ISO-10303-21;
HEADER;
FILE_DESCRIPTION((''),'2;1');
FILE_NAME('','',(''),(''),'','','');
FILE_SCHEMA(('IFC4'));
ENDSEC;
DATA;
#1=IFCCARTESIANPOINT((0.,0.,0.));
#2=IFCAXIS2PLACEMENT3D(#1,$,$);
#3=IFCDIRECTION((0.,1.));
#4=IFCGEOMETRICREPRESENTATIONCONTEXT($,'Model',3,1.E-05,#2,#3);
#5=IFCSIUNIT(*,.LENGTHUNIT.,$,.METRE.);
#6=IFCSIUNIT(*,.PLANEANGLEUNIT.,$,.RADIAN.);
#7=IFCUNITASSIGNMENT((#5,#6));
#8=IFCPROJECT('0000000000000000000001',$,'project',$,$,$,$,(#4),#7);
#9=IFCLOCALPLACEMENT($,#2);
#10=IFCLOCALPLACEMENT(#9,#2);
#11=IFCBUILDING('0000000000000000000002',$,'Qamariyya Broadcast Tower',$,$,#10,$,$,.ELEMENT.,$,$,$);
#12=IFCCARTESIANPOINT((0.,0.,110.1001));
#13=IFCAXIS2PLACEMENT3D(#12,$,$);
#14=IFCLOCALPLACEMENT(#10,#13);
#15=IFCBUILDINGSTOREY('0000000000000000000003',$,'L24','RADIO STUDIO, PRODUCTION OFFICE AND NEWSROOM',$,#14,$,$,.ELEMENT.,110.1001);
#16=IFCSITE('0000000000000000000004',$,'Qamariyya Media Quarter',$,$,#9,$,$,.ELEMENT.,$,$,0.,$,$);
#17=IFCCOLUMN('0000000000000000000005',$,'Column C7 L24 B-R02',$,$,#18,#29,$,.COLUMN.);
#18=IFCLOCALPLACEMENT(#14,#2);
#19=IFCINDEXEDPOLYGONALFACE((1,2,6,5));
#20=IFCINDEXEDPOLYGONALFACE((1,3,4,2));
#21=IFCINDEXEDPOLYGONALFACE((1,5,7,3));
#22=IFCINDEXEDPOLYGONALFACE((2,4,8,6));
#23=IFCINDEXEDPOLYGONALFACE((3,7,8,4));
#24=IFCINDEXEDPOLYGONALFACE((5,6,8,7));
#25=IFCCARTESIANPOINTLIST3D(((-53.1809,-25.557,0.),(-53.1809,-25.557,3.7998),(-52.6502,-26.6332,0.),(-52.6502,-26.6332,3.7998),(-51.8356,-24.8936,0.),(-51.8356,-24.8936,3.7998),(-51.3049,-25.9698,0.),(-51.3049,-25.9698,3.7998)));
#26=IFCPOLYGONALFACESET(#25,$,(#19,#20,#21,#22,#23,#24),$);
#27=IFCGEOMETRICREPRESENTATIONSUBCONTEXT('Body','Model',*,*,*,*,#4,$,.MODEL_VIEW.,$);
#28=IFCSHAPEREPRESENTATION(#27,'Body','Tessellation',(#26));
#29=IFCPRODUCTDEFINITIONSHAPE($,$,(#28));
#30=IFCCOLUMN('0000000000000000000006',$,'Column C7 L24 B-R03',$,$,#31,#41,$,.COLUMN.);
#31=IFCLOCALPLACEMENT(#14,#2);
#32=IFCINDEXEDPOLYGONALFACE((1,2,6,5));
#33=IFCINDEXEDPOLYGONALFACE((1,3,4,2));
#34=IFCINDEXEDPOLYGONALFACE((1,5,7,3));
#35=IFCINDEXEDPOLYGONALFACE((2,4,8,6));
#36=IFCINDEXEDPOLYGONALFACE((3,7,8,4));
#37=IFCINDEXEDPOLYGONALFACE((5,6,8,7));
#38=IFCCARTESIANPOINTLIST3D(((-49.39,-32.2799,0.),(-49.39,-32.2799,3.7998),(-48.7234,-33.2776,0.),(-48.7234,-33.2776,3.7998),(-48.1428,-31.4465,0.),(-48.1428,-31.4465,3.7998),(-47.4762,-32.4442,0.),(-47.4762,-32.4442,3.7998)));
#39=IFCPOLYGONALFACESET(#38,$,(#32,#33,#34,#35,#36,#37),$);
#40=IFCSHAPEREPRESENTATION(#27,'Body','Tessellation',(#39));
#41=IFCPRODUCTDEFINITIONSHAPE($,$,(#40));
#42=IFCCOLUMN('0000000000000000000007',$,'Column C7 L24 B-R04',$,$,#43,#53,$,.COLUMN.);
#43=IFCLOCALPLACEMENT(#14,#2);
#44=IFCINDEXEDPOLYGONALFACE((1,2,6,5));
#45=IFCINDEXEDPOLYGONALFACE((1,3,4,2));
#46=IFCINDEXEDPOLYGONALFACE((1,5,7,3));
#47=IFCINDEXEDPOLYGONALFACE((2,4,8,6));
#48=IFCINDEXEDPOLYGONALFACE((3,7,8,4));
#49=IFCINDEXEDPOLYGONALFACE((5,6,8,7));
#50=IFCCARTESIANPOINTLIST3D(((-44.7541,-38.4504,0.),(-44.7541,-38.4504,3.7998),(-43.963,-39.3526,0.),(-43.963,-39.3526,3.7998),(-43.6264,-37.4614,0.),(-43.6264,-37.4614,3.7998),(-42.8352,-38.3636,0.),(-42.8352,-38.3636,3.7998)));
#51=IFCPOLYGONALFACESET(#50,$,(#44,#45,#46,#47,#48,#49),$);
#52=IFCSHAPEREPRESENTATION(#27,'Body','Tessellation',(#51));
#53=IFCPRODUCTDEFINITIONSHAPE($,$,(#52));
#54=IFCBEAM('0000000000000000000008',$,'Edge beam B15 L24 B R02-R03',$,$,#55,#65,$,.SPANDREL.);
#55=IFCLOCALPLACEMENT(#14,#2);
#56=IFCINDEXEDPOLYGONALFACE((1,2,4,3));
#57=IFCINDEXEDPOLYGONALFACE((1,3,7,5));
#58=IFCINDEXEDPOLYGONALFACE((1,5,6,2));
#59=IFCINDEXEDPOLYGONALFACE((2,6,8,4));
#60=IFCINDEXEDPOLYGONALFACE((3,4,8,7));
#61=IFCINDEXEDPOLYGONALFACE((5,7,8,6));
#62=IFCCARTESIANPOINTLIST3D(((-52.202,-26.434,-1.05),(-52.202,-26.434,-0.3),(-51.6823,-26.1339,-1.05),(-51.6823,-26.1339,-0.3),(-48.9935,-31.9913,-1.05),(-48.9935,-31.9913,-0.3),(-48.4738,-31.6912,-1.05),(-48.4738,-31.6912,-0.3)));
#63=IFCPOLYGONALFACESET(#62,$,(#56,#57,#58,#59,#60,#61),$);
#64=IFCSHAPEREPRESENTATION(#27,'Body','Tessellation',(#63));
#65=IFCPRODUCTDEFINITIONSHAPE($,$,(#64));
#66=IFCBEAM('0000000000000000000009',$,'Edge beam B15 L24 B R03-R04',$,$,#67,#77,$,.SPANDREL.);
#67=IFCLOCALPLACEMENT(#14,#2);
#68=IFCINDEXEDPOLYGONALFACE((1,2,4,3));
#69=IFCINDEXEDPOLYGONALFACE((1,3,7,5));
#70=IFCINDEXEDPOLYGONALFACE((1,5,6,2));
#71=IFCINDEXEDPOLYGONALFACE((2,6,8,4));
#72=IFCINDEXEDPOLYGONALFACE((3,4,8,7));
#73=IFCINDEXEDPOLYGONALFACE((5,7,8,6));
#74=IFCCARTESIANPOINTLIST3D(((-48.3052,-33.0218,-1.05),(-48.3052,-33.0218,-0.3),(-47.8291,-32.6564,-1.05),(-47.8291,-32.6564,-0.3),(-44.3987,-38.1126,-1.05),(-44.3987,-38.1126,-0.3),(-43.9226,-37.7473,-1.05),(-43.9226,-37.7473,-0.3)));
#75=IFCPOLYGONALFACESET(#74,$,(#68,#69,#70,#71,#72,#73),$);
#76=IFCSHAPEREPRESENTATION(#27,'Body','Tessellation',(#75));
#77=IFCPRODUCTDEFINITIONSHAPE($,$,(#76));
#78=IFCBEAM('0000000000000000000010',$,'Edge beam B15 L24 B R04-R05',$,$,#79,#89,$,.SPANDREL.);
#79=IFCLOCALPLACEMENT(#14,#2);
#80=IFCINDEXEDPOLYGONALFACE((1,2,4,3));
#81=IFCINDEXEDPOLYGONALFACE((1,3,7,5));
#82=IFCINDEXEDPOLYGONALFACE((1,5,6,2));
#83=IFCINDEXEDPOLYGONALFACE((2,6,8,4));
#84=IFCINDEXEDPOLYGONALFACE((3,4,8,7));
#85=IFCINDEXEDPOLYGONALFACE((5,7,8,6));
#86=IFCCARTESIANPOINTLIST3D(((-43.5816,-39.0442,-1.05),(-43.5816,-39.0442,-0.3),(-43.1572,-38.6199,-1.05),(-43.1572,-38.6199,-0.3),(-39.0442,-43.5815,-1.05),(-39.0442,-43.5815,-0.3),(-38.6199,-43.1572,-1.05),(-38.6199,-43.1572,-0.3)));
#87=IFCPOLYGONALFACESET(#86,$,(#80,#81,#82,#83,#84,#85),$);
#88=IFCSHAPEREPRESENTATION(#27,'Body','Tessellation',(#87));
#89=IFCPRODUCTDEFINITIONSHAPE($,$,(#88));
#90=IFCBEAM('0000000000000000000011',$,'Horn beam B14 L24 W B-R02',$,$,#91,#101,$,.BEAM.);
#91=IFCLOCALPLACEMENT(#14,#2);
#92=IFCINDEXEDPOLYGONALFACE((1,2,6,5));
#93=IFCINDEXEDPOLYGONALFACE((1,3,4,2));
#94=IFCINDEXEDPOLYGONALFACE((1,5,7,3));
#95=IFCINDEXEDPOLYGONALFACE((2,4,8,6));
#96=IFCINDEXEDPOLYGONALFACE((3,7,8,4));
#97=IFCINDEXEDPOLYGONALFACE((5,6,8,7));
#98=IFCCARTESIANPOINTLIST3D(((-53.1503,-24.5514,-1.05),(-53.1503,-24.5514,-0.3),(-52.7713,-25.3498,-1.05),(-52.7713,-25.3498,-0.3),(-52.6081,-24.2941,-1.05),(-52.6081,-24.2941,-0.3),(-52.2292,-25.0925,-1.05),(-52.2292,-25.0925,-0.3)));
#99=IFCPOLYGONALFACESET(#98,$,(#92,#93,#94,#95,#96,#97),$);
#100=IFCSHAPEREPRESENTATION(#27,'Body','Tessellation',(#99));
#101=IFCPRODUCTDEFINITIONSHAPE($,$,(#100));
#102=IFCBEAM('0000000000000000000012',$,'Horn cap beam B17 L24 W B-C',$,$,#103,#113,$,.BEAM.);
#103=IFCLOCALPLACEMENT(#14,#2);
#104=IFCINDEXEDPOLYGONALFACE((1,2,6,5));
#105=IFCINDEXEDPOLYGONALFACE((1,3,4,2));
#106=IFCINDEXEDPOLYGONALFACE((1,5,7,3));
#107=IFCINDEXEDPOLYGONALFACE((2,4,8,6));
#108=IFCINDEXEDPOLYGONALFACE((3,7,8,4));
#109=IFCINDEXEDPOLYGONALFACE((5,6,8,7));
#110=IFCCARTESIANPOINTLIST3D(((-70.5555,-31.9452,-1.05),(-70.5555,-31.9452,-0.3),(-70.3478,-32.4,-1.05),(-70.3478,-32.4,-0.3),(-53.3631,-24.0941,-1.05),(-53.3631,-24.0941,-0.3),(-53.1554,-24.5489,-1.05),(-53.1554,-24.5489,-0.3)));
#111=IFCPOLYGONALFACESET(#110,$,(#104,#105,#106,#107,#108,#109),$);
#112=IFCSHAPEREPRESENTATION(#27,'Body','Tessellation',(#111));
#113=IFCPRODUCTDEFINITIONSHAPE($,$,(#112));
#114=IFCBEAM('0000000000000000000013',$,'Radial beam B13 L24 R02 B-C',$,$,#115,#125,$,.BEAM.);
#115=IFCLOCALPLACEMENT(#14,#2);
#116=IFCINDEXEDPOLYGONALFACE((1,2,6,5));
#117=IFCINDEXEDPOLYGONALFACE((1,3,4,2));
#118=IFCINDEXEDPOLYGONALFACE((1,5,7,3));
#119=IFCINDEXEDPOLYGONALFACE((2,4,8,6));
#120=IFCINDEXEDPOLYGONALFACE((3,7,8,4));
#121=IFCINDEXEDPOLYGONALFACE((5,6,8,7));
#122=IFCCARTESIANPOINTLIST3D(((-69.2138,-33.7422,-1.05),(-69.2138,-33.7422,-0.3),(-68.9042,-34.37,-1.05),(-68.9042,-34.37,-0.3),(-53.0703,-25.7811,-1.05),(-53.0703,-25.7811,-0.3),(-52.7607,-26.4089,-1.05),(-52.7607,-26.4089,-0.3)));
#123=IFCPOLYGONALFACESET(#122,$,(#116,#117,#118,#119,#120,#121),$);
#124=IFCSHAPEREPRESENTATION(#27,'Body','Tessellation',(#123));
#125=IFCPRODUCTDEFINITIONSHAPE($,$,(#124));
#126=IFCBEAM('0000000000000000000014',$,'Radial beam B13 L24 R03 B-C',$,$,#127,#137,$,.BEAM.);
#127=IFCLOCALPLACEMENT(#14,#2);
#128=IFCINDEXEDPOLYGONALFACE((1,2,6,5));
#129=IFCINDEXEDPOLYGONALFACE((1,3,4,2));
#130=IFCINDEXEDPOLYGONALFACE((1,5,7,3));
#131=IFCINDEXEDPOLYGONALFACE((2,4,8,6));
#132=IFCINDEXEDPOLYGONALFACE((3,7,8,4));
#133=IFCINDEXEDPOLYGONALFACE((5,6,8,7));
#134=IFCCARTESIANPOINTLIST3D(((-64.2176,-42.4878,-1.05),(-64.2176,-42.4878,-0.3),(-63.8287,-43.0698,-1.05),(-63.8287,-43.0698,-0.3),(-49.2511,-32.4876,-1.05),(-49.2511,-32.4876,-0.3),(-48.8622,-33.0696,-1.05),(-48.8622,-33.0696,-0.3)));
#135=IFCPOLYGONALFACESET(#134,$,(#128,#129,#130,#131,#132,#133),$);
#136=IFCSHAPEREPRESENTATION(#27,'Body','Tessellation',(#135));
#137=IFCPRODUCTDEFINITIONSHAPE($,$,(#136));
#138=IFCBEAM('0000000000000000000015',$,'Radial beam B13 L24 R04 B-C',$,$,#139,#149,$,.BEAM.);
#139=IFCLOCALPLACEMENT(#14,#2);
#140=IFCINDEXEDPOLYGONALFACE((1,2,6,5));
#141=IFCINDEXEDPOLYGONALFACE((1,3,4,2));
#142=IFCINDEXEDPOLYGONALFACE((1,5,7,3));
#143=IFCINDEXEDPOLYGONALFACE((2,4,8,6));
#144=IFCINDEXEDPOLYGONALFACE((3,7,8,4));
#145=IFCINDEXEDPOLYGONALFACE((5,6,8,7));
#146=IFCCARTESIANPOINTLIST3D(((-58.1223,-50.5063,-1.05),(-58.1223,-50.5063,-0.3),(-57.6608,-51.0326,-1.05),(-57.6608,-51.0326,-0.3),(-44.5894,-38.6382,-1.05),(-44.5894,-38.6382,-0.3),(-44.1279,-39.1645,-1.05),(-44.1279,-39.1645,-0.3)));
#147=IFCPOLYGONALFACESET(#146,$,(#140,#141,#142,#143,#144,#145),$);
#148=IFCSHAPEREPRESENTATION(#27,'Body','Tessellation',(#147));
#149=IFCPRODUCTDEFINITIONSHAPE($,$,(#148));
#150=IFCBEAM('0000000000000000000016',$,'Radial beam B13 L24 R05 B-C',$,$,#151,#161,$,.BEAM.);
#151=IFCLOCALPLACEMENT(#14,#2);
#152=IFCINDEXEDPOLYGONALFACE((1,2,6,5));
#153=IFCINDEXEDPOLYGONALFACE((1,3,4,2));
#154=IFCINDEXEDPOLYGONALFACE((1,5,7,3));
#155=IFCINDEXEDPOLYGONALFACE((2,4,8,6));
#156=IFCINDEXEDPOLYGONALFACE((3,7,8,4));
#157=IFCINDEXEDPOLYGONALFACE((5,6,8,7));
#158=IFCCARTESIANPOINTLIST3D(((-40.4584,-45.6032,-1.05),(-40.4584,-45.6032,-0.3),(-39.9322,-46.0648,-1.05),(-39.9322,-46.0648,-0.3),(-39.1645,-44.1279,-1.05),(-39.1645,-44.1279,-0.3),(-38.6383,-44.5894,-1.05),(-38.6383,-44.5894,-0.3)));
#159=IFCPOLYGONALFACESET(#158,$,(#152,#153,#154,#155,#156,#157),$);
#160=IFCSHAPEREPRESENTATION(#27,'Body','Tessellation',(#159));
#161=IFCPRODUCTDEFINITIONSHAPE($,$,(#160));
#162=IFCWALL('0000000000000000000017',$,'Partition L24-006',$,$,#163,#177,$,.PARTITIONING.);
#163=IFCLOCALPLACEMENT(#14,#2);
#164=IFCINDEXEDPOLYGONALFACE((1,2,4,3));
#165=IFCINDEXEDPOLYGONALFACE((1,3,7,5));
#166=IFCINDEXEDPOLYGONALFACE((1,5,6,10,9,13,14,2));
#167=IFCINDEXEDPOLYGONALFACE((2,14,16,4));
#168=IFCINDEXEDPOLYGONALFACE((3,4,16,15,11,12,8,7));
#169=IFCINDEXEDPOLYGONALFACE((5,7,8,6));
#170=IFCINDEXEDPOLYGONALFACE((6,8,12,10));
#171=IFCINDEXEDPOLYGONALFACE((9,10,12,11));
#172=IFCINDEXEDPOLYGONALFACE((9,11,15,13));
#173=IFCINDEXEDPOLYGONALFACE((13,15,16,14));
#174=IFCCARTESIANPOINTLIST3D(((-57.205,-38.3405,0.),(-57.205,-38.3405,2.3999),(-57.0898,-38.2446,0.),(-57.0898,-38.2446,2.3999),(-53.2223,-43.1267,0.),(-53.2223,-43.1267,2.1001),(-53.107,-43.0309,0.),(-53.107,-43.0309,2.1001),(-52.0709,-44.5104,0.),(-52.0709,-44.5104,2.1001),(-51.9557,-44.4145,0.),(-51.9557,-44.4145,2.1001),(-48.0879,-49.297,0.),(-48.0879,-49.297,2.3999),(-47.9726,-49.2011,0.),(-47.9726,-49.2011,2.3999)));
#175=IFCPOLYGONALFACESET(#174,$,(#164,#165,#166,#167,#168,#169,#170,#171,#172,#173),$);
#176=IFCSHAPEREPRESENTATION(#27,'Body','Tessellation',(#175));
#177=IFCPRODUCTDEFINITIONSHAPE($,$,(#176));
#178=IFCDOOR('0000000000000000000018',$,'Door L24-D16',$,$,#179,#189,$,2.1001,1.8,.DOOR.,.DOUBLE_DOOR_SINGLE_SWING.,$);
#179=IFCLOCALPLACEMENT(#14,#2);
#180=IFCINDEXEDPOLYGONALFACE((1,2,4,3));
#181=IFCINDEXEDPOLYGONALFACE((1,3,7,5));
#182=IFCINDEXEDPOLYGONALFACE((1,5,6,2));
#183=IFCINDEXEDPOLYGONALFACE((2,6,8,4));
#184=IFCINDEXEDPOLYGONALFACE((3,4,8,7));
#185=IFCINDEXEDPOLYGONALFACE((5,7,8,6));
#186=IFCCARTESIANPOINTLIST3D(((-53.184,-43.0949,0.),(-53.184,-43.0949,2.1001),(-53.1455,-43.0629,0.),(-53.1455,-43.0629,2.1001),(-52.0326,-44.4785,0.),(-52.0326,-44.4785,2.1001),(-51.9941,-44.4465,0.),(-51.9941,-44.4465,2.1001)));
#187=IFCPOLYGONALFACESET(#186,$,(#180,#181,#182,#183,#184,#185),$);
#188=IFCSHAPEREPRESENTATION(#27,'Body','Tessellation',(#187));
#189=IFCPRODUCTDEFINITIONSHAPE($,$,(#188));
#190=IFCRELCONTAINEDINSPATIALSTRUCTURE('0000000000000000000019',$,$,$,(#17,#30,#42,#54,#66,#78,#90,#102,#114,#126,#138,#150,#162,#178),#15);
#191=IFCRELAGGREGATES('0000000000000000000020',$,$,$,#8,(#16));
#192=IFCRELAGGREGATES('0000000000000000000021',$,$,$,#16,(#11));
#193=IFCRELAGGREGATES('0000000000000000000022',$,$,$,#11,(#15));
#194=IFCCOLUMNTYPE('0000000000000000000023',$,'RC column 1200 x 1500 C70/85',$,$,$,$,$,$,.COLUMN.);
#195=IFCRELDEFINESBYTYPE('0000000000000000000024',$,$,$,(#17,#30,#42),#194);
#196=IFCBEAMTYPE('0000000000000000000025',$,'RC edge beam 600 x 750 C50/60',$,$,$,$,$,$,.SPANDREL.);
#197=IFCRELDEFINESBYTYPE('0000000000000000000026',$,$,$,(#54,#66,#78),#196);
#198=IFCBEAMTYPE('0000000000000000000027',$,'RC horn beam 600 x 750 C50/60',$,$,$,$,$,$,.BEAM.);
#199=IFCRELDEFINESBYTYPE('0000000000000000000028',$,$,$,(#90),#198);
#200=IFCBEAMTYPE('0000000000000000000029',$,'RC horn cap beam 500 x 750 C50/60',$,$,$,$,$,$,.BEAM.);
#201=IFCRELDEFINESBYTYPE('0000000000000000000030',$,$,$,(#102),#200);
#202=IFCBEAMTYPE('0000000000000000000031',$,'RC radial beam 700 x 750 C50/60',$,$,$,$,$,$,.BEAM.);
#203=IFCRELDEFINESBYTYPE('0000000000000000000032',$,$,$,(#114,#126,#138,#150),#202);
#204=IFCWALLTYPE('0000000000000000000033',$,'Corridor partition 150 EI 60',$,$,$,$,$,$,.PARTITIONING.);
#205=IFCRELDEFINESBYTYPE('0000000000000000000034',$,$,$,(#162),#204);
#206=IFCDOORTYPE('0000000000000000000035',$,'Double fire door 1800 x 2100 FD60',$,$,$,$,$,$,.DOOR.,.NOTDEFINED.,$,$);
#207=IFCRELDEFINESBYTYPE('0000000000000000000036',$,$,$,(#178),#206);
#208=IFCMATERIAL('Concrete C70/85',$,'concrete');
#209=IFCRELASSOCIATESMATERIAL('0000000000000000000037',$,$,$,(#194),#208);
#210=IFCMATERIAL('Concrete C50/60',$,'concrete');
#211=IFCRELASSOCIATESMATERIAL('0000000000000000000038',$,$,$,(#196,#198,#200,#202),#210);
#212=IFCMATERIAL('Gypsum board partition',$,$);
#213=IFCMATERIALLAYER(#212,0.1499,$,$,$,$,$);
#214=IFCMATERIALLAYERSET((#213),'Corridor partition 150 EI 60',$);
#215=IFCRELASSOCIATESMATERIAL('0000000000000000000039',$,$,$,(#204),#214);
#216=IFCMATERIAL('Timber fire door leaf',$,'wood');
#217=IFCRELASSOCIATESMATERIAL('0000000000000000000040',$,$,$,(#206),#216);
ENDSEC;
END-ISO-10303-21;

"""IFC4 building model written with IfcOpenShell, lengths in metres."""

from ifc_helpers import new_model, si_unit, direction, frame, frame_2d, origin, origin_2d, place, context, subcontext, project, spatial, rectangle, extrude, material, layer, layer_set, material_profile, profile_set, type_object, element, fill, save


model = new_model("IFC4")

# Units and contexts
model_context = context("Model", 3, precision=1e-05, world=origin(), true_north=direction((0.0, 1.0)))
body_context = subcontext(model_context, "Body", "Model", "MODEL_VIEW")
ifc_project = project(units=[si_unit("LENGTHUNIT", "METRE"), si_unit("PLANEANGLEUNIT", "RADIAN")], contexts=[model_context])

# Site, building, storey
site_placement = place(None, origin())
site = spatial("IfcSite", under=ifc_project, at=site_placement, Name="Qamariyya Media Quarter", CompositionType="ELEMENT", RefElevation=0.0)
building_placement = place(site_placement, origin())
building = spatial("IfcBuilding", under=site, at=building_placement, Name="Qamariyya Broadcast Tower", CompositionType="ELEMENT")
storey_placement = place(building_placement, frame((0.0, 0.0, 110.1001)))
storey = spatial("IfcBuildingStorey", under=building, at=storey_placement, Name="L24", Description="RADIO STUDIO, PRODUCTION OFFICE AND NEWSROOM", CompositionType="ELEMENT", Elevation=110.1001)

# Columns
ifc_material_1 = material(Name="Concrete C70/85", Category="concrete")
ifc_material_profile_1 = material_profile(ifc_material_1, rectangle(XDim=1.2, YDim=1.5, at=origin_2d()))
ifc_profile_set_1 = profile_set([ifc_material_profile_1], Name="Concrete C70/85")
column_type = type_object("IfcColumnType", Name="RC column 1200 x 1500 C70/85", PredefinedType="COLUMN", material=ifc_profile_set_1)
for number, where, z_axis, x_axis, name in (
    (1, (-52.2429, -25.7634, 0.0), (0.0, 0.0, 1.0), (0.442289, -0.896873, 0.0), "Column C7 L24 B-R02"),
    (2, (-48.4331, -32.3621, 0.0), (0.0, 0.0, 1.0), (0.55557, -0.83147, 0.0), "Column C7 L24 B-R03"),
    (3, (-43.7947, -38.407, 0.0), (0.0, 0.0, 1.0), (0.659346, -0.75184, 0.0), "Column C7 L24 B-R04"),
):
    element("IfcColumn", number, at=place(storey_placement, frame(where, z_axis=z_axis, x_axis=x_axis)), inside=storey, type_object=column_type, Name=name, PredefinedType="COLUMN", context=body_context, shape_type="SweptSolid", body=[
        extrude(rectangle(XDim=1.2, YDim=1.5, at=origin_2d()), origin(), (0.0, 0.0, 1.0), 3.7998),
    ])

# Beams
ifc_material_2 = material(Name="Concrete C50/60", Category="concrete")
ifc_material_profile_2 = material_profile(ifc_material_2, rectangle(XDim=0.6001, YDim=0.75, at=origin_2d()))
ifc_profile_set_2 = profile_set([ifc_material_profile_2], Name="Concrete C50/60")
beam_type_1 = type_object("IfcBeamType", Name="RC edge beam 600 x 750 C50/60", PredefinedType="SPANDREL", material=ifc_profile_set_2)
for number, where, z_axis, x_axis, name in (
    (4, (-51.9421, -26.2839, -0.675), (0.499994, -0.866029, 0.0), (0.866029, 0.499994, 0.0), "Edge beam B15 L24 B R02-R03"),
    (5, (-48.0671, -32.8391, -0.675), (0.608778, -0.793341, 0.0), (0.793341, 0.608778, 0.0), "Edge beam B15 L24 B R03-R04"),
):
    element("IfcBeam", number, at=place(storey_placement, frame(where, z_axis=z_axis, x_axis=x_axis)), inside=storey, type_object=beam_type_1, Name=name, PredefinedType="SPANDREL", context=body_context, shape_type="SweptSolid", body=[
        extrude(rectangle(XDim=0.6001, YDim=0.75, at=origin_2d()), origin(), (0.0, 0.0, 1.0), 6.417),
    ])
beam_1_placement = place(storey_placement, frame((-43.3694, -38.832, -0.675), z_axis=(0.707107, -0.707107, 0.0), x_axis=(0.707107, 0.707107, 0.0)))
element("IfcBeam", 6, at=beam_1_placement, inside=storey, type_object=beam_type_1, Name="Edge beam B15 L24 B R04-R05", PredefinedType="SPANDREL", context=body_context, shape_type="SweptSolid", body=[
    extrude(rectangle(XDim=0.6001, YDim=0.75, at=origin_2d()), origin(), (0.0, 0.0, 1.0), 6.4167),
])
ifc_material_profile_3 = material_profile(ifc_material_2, rectangle(XDim=0.6001, YDim=0.75, at=origin_2d()))
ifc_profile_set_3 = profile_set([ifc_material_profile_3], Name="Concrete C50/60")
beam_type_2 = type_object("IfcBeamType", Name="RC horn beam 600 x 750 C50/60", PredefinedType="BEAM", material=ifc_profile_set_3)
beam_2_placement = place(storey_placement, frame((-52.5002, -25.2212, -0.675), z_axis=(-0.428775, 0.903411, 0.0), x_axis=(-0.903411, -0.428775, 0.0)))
element("IfcBeam", 7, at=beam_2_placement, inside=storey, type_object=beam_type_2, Name="Horn beam B14 L24 W B-R02", PredefinedType="BEAM", context=body_context, shape_type="SweptSolid", body=[
    extrude(rectangle(XDim=0.6001, YDim=0.75, at=origin_2d()), origin(), (0.0, 0.0, 1.0), 0.8838),
])
ifc_material_profile_4 = material_profile(ifc_material_2, rectangle(XDim=0.5, YDim=0.75, at=origin_2d()))
ifc_profile_set_4 = profile_set([ifc_material_profile_4], Name="Concrete C50/60")
beam_type_3 = type_object("IfcBeamType", Name="RC horn cap beam 500 x 750 C50/60", PredefinedType="BEAM", material=ifc_profile_set_4)
beam_3_placement = place(storey_placement, frame((-53.2593, -24.3215, -0.675), z_axis=(-0.90964, -0.415396, 0.0), x_axis=(0.415396, -0.90964, 0.0)))
element("IfcBeam", 8, at=beam_3_placement, inside=storey, type_object=beam_type_3, Name="Horn cap beam B17 L24 W B-C", PredefinedType="BEAM", context=body_context, shape_type="SweptSolid", body=[
    extrude(rectangle(XDim=0.5, YDim=0.75, at=origin_2d()), origin(), (0.0, 0.0, 1.0), 18.9001),
])
ifc_material_profile_5 = material_profile(ifc_material_2, rectangle(XDim=0.7, YDim=0.75, at=origin_2d()))
ifc_profile_set_5 = profile_set([ifc_material_profile_5], Name="Concrete C50/60")
beam_type_4 = type_object("IfcBeamType", Name="RC radial beam 700 x 750 C50/60", PredefinedType="BEAM", material=ifc_profile_set_5)
beam_4_placement = place(storey_placement, frame((-52.9155, -26.095, -0.675), z_axis=(-0.896871, -0.442291, 0.0), x_axis=(0.442291, -0.896871, 0.0)))
element("IfcBeam", 9, at=beam_4_placement, inside=storey, type_object=beam_type_4, Name="Radial beam B13 L24 R02 B-C", PredefinedType="BEAM", context=body_context, shape_type="SweptSolid", body=[
    extrude(rectangle(XDim=0.7, YDim=0.75, at=origin_2d()), origin(), (0.0, 0.0, 1.0), 17.9998),
])
beam_5_placement = place(storey_placement, frame((-49.0566, -32.7786, -0.675), z_axis=(-0.831472, -0.555567, 0.0), x_axis=(0.555567, -0.831472, 0.0)))
element("IfcBeam", 10, at=beam_5_placement, inside=storey, type_object=beam_type_4, Name="Radial beam B13 L24 R03 B-C", PredefinedType="BEAM", context=body_context, shape_type="SweptSolid", body=[
    extrude(rectangle(XDim=0.7, YDim=0.75, at=origin_2d()), origin(), (0.0, 0.0, 1.0), 18.0),
])
beam_6_placement = place(storey_placement, frame((-44.3586, -38.9014, -0.675), z_axis=(-0.751838, -0.659348, 0.0), x_axis=(0.659348, -0.751838, 0.0)))
element("IfcBeam", 11, at=beam_6_placement, inside=storey, type_object=beam_type_4, Name="Radial beam B13 L24 R04 B-C", PredefinedType="BEAM", context=body_context, shape_type="SweptSolid", body=[
    extrude(rectangle(XDim=0.7, YDim=0.75, at=origin_2d()), origin(), (0.0, 0.0, 1.0), 17.9998),
])
beam_7_placement = place(storey_placement, frame((-38.9014, -44.3586, -0.675), z_axis=(-0.659376, -0.751813, 0.0), x_axis=(0.751813, -0.659376, 0.0)))
element("IfcBeam", 12, at=beam_7_placement, inside=storey, type_object=beam_type_4, Name="Radial beam B13 L24 R05 B-C", PredefinedType="BEAM", context=body_context, shape_type="SweptSolid", body=[
    extrude(rectangle(XDim=0.7, YDim=0.75, at=origin_2d()), origin(), (0.0, 0.0, 1.0), 1.9624),
])

# Wall, opening, door
ifc_material_3 = material(Name="Gypsum board partition")
ifc_layer_1 = layer(ifc_material_3, 0.1499)
ifc_layer_set_1 = layer_set([ifc_layer_1], Name="Corridor partition 150 EI 60")
wall_type_1 = type_object("IfcWallType", Name="Corridor partition 150 EI 60", PredefinedType="PARTITIONING", material=ifc_layer_set_1)
wall_1_placement = place(storey_placement, frame((-57.1475, -38.2925, 0.0), z_axis=(0.0, 0.0, 1.0), x_axis=(0.639635, -0.768679, 0.0)))
wall_1 = element("IfcWall", 13, at=wall_1_placement, inside=storey, type_object=wall_type_1, Name="Partition L24-006", PredefinedType="PARTITIONING", context=body_context, shape_type="SweptSolid", body=[
    extrude(rectangle(XDim=14.2537, YDim=0.1499, at=frame_2d((7.127, 0.0))), origin(), (0.0, 0.0, 1.0), 2.3999),
])
opening_1_placement = place(wall_1_placement, frame((6.2268, 0.0, 0.0)))
opening_1 = element("IfcOpeningElement", 14, at=opening_1_placement, cuts=wall_1, PredefinedType="OPENING", context=body_context, shape_type="SweptSolid", body=[
    extrude(rectangle(XDim=1.8, YDim=2.1001, at=frame_2d((0.8999, 1.05))), frame((0.0, 0.085, 0.0), z_axis=(0.0, -1.0, 0.0), x_axis=(1.0, 0.0, 0.0)), (0.0, 0.0, 1.0), 0.1699),
])
ifc_material_4 = material(Name="Timber fire door leaf", Category="wood")
door_type = type_object("IfcDoorType", Name="Double fire door 1800 x 2100 FD60", OperationType="NOTDEFINED", PredefinedType="DOOR", material=ifc_material_4)
door_placement = place(opening_1_placement, origin())
door = element("IfcDoor", 15, at=door_placement, inside=storey, type_object=door_type, Name="Door L24-D16", OperationType="DOUBLE_DOOR_SINGLE_SWING", OverallHeight=2.1001, OverallWidth=1.8, PredefinedType="DOOR", context=body_context, shape_type="SweptSolid", body=[
    extrude(rectangle(XDim=1.8, YDim=2.1001, at=frame_2d((0.8999, 1.05))), frame((0.0, 0.0249, 0.0), z_axis=(0.0, -1.0, 0.0), x_axis=(1.0, 0.0, 0.0)), (0.0, 0.0, 1.0), 0.05),
])
fill(opening_1, door)

save(model, "model.ifc")
